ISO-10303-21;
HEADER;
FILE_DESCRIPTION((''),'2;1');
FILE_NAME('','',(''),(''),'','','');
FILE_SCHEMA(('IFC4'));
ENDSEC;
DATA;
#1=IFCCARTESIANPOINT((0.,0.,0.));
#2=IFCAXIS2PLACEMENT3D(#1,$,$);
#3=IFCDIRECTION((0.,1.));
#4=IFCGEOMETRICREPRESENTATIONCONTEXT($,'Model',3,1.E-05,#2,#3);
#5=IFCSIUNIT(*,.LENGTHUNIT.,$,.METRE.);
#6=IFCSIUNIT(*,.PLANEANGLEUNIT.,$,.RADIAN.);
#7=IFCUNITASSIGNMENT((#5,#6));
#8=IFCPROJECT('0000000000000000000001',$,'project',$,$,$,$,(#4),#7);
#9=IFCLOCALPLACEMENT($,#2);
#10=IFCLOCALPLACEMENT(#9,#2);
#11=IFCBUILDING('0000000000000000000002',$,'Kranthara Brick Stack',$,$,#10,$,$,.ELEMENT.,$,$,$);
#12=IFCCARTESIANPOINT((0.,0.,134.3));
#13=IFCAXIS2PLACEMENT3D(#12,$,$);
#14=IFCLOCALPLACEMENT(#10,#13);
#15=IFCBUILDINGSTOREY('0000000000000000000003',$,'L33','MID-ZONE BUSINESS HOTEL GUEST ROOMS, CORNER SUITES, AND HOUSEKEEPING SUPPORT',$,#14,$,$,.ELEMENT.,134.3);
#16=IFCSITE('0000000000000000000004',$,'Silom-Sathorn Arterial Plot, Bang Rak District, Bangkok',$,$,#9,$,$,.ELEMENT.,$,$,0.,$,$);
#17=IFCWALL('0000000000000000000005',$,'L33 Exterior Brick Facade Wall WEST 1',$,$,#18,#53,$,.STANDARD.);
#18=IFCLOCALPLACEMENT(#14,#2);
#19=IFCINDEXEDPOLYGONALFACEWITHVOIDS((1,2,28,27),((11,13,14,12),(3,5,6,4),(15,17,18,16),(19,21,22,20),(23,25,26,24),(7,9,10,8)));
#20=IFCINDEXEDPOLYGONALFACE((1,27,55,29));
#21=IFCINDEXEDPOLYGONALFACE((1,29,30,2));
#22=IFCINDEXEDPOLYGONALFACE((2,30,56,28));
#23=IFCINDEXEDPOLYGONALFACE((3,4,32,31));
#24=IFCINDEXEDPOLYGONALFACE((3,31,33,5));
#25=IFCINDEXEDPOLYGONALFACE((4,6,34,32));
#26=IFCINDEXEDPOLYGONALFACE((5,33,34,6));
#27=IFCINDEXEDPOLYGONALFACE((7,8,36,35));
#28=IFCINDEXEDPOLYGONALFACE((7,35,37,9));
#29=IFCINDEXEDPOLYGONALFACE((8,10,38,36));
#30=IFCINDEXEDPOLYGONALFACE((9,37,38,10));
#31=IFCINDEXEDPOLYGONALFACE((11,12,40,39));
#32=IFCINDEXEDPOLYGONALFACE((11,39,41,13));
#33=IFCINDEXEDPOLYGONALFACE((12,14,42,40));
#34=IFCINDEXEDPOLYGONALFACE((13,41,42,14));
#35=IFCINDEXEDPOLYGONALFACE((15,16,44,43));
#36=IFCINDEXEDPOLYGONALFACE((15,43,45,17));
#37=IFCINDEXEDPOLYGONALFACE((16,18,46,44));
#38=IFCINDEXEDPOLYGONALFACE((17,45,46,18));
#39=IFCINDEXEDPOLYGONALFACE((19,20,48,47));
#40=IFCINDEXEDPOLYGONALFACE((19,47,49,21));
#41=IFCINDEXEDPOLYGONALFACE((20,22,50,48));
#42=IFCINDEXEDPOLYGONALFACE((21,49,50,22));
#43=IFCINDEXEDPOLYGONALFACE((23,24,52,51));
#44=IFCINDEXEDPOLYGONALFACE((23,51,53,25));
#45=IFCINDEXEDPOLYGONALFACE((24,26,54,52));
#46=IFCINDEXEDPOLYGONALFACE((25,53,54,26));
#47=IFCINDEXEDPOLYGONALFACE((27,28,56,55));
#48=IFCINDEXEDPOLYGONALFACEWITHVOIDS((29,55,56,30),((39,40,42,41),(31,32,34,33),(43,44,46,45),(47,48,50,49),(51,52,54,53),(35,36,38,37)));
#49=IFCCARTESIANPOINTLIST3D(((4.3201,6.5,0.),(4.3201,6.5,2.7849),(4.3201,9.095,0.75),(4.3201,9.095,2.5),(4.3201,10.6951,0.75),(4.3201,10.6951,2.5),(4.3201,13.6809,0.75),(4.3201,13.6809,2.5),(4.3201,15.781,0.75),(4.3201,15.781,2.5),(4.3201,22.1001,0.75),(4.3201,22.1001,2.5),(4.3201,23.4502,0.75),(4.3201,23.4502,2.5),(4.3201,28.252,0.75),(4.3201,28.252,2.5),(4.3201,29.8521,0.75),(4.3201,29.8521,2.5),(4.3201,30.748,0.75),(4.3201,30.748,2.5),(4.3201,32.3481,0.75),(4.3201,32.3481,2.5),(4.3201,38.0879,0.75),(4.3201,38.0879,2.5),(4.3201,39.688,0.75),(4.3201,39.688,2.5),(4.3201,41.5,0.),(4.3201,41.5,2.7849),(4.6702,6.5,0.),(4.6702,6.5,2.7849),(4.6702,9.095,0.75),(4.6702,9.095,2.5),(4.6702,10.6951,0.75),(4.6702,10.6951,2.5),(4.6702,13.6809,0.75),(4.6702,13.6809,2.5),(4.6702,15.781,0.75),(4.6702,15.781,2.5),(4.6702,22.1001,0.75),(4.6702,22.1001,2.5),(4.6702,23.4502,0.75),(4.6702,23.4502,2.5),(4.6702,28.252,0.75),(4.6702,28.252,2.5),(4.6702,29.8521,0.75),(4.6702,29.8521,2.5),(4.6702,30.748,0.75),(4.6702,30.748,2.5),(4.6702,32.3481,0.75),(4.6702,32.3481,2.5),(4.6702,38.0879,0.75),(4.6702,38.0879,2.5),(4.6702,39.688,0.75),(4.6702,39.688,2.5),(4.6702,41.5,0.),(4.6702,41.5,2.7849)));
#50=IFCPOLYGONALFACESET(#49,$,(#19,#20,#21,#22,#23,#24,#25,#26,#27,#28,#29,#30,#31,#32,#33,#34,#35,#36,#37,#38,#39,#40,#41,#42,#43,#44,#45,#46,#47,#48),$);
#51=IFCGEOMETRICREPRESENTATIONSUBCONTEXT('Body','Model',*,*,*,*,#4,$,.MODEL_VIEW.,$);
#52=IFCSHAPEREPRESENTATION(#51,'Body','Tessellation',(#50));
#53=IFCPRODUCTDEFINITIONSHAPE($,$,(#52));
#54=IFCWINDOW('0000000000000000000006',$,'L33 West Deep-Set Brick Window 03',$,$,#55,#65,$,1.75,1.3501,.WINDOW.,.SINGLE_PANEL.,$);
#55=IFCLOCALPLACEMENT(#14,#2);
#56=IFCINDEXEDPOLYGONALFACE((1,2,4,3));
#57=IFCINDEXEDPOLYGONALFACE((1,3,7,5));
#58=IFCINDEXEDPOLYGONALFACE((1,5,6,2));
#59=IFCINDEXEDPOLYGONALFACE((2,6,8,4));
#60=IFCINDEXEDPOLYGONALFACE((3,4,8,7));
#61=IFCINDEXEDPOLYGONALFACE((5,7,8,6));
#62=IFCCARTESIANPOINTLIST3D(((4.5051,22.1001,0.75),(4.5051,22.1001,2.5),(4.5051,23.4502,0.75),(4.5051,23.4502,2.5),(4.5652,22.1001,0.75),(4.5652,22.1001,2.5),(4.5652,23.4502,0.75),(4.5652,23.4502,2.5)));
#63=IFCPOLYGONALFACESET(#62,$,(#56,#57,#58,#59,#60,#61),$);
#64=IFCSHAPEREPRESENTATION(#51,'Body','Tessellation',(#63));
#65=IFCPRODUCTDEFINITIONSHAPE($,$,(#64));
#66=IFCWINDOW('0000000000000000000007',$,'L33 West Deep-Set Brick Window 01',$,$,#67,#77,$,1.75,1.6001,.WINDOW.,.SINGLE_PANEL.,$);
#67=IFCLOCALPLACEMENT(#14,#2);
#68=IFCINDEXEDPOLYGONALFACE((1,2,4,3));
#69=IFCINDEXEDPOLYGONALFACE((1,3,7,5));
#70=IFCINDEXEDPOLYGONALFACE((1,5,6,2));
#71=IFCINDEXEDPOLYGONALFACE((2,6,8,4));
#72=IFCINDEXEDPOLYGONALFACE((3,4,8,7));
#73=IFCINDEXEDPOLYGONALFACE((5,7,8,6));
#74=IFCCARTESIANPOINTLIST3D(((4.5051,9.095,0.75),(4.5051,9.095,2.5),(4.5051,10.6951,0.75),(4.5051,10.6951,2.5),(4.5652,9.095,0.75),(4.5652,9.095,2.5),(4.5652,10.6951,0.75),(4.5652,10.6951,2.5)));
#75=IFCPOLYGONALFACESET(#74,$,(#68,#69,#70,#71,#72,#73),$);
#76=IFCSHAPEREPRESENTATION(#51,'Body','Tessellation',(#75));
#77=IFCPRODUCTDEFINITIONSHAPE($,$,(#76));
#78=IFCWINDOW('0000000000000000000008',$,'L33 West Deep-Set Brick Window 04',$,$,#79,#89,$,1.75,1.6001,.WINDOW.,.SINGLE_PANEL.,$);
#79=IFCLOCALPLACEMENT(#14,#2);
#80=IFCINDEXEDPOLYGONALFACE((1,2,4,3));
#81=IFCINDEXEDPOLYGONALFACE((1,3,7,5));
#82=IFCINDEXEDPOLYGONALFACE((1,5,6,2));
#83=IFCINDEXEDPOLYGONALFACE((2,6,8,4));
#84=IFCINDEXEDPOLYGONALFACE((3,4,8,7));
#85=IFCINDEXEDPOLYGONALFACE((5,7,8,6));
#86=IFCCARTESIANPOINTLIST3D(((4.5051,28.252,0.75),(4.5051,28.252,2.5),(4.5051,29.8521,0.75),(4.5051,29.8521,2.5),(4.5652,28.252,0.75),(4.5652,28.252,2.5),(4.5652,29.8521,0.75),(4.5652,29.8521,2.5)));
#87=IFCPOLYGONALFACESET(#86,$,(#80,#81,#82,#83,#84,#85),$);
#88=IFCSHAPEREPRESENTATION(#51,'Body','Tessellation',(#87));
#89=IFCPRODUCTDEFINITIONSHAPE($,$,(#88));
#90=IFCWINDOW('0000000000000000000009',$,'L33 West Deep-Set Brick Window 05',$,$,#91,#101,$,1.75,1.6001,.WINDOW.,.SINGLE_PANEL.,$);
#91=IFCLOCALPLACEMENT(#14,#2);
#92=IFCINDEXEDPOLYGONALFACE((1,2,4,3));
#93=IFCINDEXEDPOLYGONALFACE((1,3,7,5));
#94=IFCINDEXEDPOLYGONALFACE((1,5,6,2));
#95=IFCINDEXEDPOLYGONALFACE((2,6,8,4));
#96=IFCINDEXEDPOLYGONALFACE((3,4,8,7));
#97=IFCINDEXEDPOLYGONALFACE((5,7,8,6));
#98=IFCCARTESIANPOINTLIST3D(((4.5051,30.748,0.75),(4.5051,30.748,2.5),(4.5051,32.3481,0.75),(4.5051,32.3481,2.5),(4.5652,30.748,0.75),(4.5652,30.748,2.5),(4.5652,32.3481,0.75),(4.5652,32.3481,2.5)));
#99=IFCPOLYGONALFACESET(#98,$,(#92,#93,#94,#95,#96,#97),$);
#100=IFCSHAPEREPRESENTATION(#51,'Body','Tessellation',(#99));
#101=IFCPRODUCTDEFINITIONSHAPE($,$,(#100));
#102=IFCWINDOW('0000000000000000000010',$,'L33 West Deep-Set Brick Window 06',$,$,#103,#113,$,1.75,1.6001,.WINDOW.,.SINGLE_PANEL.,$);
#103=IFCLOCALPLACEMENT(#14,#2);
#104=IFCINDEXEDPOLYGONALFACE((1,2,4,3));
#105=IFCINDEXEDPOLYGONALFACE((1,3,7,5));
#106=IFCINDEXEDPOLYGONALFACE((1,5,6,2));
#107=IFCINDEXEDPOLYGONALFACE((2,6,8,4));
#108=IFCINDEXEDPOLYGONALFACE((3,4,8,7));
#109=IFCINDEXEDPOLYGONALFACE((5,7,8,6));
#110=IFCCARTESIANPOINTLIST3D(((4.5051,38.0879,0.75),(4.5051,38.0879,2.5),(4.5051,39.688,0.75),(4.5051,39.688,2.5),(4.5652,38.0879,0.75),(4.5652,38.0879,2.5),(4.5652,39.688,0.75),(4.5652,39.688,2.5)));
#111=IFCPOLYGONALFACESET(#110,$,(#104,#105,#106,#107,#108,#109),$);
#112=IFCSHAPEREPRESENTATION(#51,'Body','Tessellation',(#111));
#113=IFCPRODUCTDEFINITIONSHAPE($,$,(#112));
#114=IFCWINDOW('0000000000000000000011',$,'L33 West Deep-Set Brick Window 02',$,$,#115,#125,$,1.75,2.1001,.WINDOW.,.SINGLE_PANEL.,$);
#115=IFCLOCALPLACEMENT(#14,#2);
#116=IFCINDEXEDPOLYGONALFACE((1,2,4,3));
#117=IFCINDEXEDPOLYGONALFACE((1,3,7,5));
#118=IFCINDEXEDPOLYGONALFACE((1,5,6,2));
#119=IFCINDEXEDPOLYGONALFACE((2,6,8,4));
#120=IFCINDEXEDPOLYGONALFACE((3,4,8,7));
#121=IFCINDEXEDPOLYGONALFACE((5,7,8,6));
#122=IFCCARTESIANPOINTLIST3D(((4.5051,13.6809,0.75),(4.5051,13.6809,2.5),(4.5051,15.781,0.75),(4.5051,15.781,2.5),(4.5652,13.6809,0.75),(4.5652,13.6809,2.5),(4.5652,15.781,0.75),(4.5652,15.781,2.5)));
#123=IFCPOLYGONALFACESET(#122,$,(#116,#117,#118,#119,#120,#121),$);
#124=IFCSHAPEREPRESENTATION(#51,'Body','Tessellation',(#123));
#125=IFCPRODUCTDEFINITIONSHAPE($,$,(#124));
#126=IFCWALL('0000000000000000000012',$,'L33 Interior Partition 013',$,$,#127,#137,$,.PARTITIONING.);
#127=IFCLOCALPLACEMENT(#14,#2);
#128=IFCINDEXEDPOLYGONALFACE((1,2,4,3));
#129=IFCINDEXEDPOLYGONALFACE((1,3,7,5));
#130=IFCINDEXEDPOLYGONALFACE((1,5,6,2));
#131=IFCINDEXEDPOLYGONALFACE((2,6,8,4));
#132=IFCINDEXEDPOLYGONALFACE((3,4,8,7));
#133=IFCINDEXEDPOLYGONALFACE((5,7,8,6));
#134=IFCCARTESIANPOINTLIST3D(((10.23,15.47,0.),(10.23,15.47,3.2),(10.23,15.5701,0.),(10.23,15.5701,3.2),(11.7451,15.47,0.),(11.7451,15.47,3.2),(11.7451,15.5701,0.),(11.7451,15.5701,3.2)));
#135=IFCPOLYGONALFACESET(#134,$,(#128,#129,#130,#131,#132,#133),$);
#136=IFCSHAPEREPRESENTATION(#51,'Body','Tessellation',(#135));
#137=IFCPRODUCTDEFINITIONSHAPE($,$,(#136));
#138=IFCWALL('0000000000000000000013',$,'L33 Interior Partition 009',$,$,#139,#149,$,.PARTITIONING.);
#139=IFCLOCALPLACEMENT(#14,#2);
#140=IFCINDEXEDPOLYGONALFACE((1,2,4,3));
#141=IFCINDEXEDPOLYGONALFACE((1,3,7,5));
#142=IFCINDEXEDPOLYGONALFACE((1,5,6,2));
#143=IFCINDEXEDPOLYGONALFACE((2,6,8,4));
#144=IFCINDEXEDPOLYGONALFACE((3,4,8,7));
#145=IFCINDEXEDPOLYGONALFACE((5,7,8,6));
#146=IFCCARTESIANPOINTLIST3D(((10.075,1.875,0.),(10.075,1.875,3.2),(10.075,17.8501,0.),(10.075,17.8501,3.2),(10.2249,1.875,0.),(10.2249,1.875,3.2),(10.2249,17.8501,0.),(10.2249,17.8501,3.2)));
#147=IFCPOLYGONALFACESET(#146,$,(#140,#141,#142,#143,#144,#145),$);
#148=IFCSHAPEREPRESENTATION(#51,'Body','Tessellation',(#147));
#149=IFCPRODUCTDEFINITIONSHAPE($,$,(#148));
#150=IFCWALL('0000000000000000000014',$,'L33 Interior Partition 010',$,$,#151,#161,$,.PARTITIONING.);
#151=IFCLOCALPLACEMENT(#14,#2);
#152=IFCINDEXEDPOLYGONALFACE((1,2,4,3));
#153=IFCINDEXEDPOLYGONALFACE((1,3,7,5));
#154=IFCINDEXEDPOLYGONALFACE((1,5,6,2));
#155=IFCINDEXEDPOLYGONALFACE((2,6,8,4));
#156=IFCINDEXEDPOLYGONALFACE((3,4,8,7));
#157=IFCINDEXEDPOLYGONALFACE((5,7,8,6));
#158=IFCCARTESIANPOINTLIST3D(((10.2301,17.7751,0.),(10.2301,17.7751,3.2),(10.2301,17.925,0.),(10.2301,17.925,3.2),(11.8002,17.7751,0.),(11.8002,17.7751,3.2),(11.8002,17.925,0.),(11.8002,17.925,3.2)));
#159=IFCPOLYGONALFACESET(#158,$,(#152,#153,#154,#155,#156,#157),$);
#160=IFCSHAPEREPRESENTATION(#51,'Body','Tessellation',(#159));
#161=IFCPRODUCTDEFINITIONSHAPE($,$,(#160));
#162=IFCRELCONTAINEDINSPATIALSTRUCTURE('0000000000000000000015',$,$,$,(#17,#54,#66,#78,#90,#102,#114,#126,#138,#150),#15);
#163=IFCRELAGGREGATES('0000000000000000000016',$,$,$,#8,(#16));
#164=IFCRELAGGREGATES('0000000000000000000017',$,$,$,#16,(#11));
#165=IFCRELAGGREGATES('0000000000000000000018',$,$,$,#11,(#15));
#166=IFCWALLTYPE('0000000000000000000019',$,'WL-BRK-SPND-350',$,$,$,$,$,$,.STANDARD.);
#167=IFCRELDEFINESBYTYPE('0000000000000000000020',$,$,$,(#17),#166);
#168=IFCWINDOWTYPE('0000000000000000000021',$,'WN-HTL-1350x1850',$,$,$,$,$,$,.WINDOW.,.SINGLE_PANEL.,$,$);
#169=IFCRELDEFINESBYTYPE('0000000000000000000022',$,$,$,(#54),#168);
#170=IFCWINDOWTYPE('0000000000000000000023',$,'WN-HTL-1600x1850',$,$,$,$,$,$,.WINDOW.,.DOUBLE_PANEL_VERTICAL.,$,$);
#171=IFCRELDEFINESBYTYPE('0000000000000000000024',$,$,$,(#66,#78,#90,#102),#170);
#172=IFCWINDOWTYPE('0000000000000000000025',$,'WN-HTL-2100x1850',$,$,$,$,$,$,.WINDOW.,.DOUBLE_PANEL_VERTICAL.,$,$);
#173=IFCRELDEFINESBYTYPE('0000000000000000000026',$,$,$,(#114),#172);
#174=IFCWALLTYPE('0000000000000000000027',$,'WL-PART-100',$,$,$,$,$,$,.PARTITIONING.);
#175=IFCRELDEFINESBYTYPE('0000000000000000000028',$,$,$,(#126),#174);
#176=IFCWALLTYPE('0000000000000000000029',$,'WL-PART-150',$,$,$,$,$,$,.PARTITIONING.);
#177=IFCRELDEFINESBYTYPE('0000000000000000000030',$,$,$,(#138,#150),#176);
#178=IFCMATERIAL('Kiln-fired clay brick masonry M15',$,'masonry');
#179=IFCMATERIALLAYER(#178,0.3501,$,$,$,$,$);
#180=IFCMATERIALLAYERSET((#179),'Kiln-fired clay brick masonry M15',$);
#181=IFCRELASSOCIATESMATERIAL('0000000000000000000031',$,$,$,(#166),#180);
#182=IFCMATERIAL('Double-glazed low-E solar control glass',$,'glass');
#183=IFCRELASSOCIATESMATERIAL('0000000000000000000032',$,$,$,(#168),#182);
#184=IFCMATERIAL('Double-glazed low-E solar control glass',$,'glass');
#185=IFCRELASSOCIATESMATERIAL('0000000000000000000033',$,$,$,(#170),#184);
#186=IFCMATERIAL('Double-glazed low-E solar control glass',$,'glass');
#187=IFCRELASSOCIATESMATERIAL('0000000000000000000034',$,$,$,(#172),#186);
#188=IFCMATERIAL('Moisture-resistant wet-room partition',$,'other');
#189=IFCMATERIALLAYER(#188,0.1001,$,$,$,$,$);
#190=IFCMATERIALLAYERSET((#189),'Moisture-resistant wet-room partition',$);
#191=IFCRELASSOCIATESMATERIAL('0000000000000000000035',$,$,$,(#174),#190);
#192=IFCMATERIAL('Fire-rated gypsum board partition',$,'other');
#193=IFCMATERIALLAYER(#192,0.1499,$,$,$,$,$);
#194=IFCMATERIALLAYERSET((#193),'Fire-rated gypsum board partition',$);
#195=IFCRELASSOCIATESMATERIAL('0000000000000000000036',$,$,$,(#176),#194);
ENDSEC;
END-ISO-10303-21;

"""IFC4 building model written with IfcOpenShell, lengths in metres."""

from ifc_helpers import new_model, si_unit, direction, frame, frame_2d, origin, place, context, subcontext, project, spatial, rectangle, extrude, material, layer, layer_set, type_object, element, fill, save


model = new_model("IFC4")

# Units and contexts
model_context = context("Model", 3, precision=1e-05, world=origin(), true_north=direction((0.0, 1.0)))
body_context = subcontext(model_context, "Body", "Model", "MODEL_VIEW")
ifc_project = project(units=[si_unit("LENGTHUNIT", "METRE"), si_unit("PLANEANGLEUNIT", "RADIAN")], contexts=[model_context])

# Site, building, storey
site_placement = place(None, origin())
site = spatial("IfcSite", under=ifc_project, at=site_placement, Name="Silom-Sathorn Arterial Plot, Bang Rak District, Bangkok", CompositionType="ELEMENT", RefElevation=0.0)
building_placement = place(site_placement, origin())
building = spatial("IfcBuilding", under=site, at=building_placement, Name="Kranthara Brick Stack", CompositionType="ELEMENT")
storey_placement = place(building_placement, frame((0.0, 0.0, 134.3)))
storey = spatial("IfcBuildingStorey", under=building, at=storey_placement, Name="L33", Description="MID-ZONE BUSINESS HOTEL GUEST ROOMS, CORNER SUITES, AND HOUSEKEEPING SUPPORT", CompositionType="ELEMENT", Elevation=134.3)

# Shared definitions
ifc_material_1 = material(Name="Kiln-fired clay brick masonry M15", Category="masonry")
ifc_layer_1 = layer(ifc_material_1, 0.3501)
ifc_layer_set_1 = layer_set([ifc_layer_1], Name="Kiln-fired clay brick masonry M15")
wall_type_1 = type_object("IfcWallType", Name="WL-BRK-SPND-350", PredefinedType="STANDARD", material=ifc_layer_set_1)

# Wall, openings, windows
wall_1_placement = place(storey_placement, frame((4.4951, 6.5, 0.0), z_axis=(0.0, 0.0, 1.0), x_axis=(0.0, 1.0, 0.0)))
wall_1 = element("IfcWall", 1, at=wall_1_placement, inside=storey, type_object=wall_type_1, Name="L33 Exterior Brick Facade Wall WEST 1", PredefinedType="STANDARD", context=body_context, shape_type="SweptSolid", body=[
    extrude(rectangle(XDim=35.0, YDim=0.3501, at=frame_2d((17.5, 0.0))), origin(), (0.0, 0.0, 1.0), 2.7849),
])
opening_1_placement = place(wall_1_placement, frame((2.595, 0.0, 0.75)))
opening_1 = element("IfcOpeningElement", 2, at=opening_1_placement, cuts=wall_1, PredefinedType="OPENING", context=body_context, shape_type="SweptSolid", body=[
    extrude(rectangle(XDim=1.6001, YDim=1.75, at=frame_2d((0.8, 0.875))), frame((0.0, 0.1851, 0.0), z_axis=(0.0, -1.0, 0.0), x_axis=(1.0, 0.0, 0.0)), (0.0, 0.0, 1.0), 0.3701),
])
opening_2_placement = place(wall_1_placement, frame((7.1809, 0.0, 0.75)))
opening_2 = element("IfcOpeningElement", 3, at=opening_2_placement, cuts=wall_1, PredefinedType="OPENING", context=body_context, shape_type="SweptSolid", body=[
    extrude(rectangle(XDim=2.1001, YDim=1.75, at=frame_2d((1.05, 0.875))), frame((0.0, 0.1851, 0.0), z_axis=(0.0, -1.0, 0.0), x_axis=(1.0, 0.0, 0.0)), (0.0, 0.0, 1.0), 0.3701),
])
opening_3_placement = place(wall_1_placement, frame((15.6001, 0.0, 0.75)))
opening_3 = element("IfcOpeningElement", 4, at=opening_3_placement, cuts=wall_1, PredefinedType="OPENING", context=body_context, shape_type="SweptSolid", body=[
    extrude(rectangle(XDim=1.3501, YDim=1.75, at=frame_2d((0.675, 0.875))), frame((0.0, 0.1851, 0.0), z_axis=(0.0, -1.0, 0.0), x_axis=(1.0, 0.0, 0.0)), (0.0, 0.0, 1.0), 0.3701),
])
opening_4_placement = place(wall_1_placement, frame((21.752, 0.0, 0.75)))
opening_4 = element("IfcOpeningElement", 5, at=opening_4_placement, cuts=wall_1, PredefinedType="OPENING", context=body_context, shape_type="SweptSolid", body=[
    extrude(rectangle(XDim=1.6001, YDim=1.75, at=frame_2d((0.8, 0.875))), frame((0.0, 0.1851, 0.0), z_axis=(0.0, -1.0, 0.0), x_axis=(1.0, 0.0, 0.0)), (0.0, 0.0, 1.0), 0.3701),
])
opening_5_placement = place(wall_1_placement, frame((24.248, 0.0, 0.75)))
opening_5 = element("IfcOpeningElement", 6, at=opening_5_placement, cuts=wall_1, PredefinedType="OPENING", context=body_context, shape_type="SweptSolid", body=[
    extrude(rectangle(XDim=1.6001, YDim=1.75, at=frame_2d((0.8, 0.875))), frame((0.0, 0.1851, 0.0), z_axis=(0.0, -1.0, 0.0), x_axis=(1.0, 0.0, 0.0)), (0.0, 0.0, 1.0), 0.3701),
])
opening_6_placement = place(wall_1_placement, frame((31.5879, 0.0, 0.75)))
opening_6 = element("IfcOpeningElement", 7, at=opening_6_placement, cuts=wall_1, PredefinedType="OPENING", context=body_context, shape_type="SweptSolid", body=[
    extrude(rectangle(XDim=1.6001, YDim=1.75, at=frame_2d((0.8, 0.875))), frame((0.0, 0.1851, 0.0), z_axis=(0.0, -1.0, 0.0), x_axis=(1.0, 0.0, 0.0)), (0.0, 0.0, 1.0), 0.3701),
])
ifc_material_2 = material(Name="Double-glazed low-E solar control glass", Category="glass")
window_type_1 = type_object("IfcWindowType", Name="WN-HTL-1350x1850", PartitioningType="SINGLE_PANEL", PredefinedType="WINDOW", material=ifc_material_2)
window_1_placement = place(opening_3_placement, origin())
window_1 = element("IfcWindow", 8, at=window_1_placement, inside=storey, type_object=window_type_1, Name="L33 West Deep-Set Brick Window 03", OverallHeight=1.75, OverallWidth=1.3501, PartitioningType="SINGLE_PANEL", PredefinedType="WINDOW", context=body_context, shape_type="SweptSolid", body=[
    extrude(rectangle(XDim=1.3501, YDim=1.75, at=frame_2d((0.675, 0.875))), frame((0.0, -0.01, 0.0), z_axis=(0.0, -1.0, 0.0), x_axis=(1.0, 0.0, 0.0)), (0.0, 0.0, 1.0), 0.0601),
])
fill(opening_3, window_1)
ifc_material_3 = material(Name="Double-glazed low-E solar control glass", Category="glass")
window_type_2 = type_object("IfcWindowType", Name="WN-HTL-1600x1850", PartitioningType="DOUBLE_PANEL_VERTICAL", PredefinedType="WINDOW", material=ifc_material_3)
window_2_placement = place(opening_1_placement, origin())
window_2 = element("IfcWindow", 9, at=window_2_placement, inside=storey, type_object=window_type_2, Name="L33 West Deep-Set Brick Window 01", OverallHeight=1.75, OverallWidth=1.6001, PartitioningType="SINGLE_PANEL", PredefinedType="WINDOW", context=body_context, shape_type="SweptSolid", body=[
    extrude(rectangle(XDim=1.6001, YDim=1.75, at=frame_2d((0.8, 0.875))), frame((0.0, -0.01, 0.0), z_axis=(0.0, -1.0, 0.0), x_axis=(1.0, 0.0, 0.0)), (0.0, 0.0, 1.0), 0.0601),
])
fill(opening_1, window_2)
window_3_placement = place(opening_4_placement, origin())
window_3 = element("IfcWindow", 10, at=window_3_placement, inside=storey, type_object=window_type_2, Name="L33 West Deep-Set Brick Window 04", OverallHeight=1.75, OverallWidth=1.6001, PartitioningType="SINGLE_PANEL", PredefinedType="WINDOW", context=body_context, shape_type="SweptSolid", body=[
    extrude(rectangle(XDim=1.6001, YDim=1.75, at=frame_2d((0.8, 0.875))), frame((0.0, -0.01, 0.0), z_axis=(0.0, -1.0, 0.0), x_axis=(1.0, 0.0, 0.0)), (0.0, 0.0, 1.0), 0.0601),
])
fill(opening_4, window_3)
window_4_placement = place(opening_5_placement, origin())
window_4 = element("IfcWindow", 11, at=window_4_placement, inside=storey, type_object=window_type_2, Name="L33 West Deep-Set Brick Window 05", OverallHeight=1.75, OverallWidth=1.6001, PartitioningType="SINGLE_PANEL", PredefinedType="WINDOW", context=body_context, shape_type="SweptSolid", body=[
    extrude(rectangle(XDim=1.6001, YDim=1.75, at=frame_2d((0.8, 0.875))), frame((0.0, -0.01, 0.0), z_axis=(0.0, -1.0, 0.0), x_axis=(1.0, 0.0, 0.0)), (0.0, 0.0, 1.0), 0.0601),
])
fill(opening_5, window_4)
window_5_placement = place(opening_6_placement, origin())
window_5 = element("IfcWindow", 12, at=window_5_placement, inside=storey, type_object=window_type_2, Name="L33 West Deep-Set Brick Window 06", OverallHeight=1.75, OverallWidth=1.6001, PartitioningType="SINGLE_PANEL", PredefinedType="WINDOW", context=body_context, shape_type="SweptSolid", body=[
    extrude(rectangle(XDim=1.6001, YDim=1.75, at=frame_2d((0.8, 0.875))), frame((0.0, -0.01, 0.0), z_axis=(0.0, -1.0, 0.0), x_axis=(1.0, 0.0, 0.0)), (0.0, 0.0, 1.0), 0.0601),
])
fill(opening_6, window_5)
ifc_material_4 = material(Name="Double-glazed low-E solar control glass", Category="glass")
window_type_3 = type_object("IfcWindowType", Name="WN-HTL-2100x1850", PartitioningType="DOUBLE_PANEL_VERTICAL", PredefinedType="WINDOW", material=ifc_material_4)
window_6_placement = place(opening_2_placement, origin())
window_6 = element("IfcWindow", 13, at=window_6_placement, inside=storey, type_object=window_type_3, Name="L33 West Deep-Set Brick Window 02", OverallHeight=1.75, OverallWidth=2.1001, PartitioningType="SINGLE_PANEL", PredefinedType="WINDOW", context=body_context, shape_type="SweptSolid", body=[
    extrude(rectangle(XDim=2.1001, YDim=1.75, at=frame_2d((1.05, 0.875))), frame((0.0, -0.01, 0.0), z_axis=(0.0, -1.0, 0.0), x_axis=(1.0, 0.0, 0.0)), (0.0, 0.0, 1.0), 0.0601),
])
fill(opening_2, window_6)

# Walls
ifc_material_5 = material(Name="Moisture-resistant wet-room partition", Category="other")
ifc_layer_2 = layer(ifc_material_5, 0.1001)
ifc_layer_set_2 = layer_set([ifc_layer_2], Name="Moisture-resistant wet-room partition")
wall_type_2 = type_object("IfcWallType", Name="WL-PART-100", PredefinedType="PARTITIONING", material=ifc_layer_set_2)
wall_2_placement = place(storey_placement, frame((10.23, 15.52, 0.0), z_axis=(0.0, 0.0, 1.0), x_axis=(1.0, 0.0, 0.0)))
element("IfcWall", 14, at=wall_2_placement, inside=storey, type_object=wall_type_2, Name="L33 Interior Partition 013", PredefinedType="PARTITIONING", context=body_context, shape_type="SweptSolid", body=[
    extrude(rectangle(XDim=1.5151, YDim=0.1001, at=frame_2d((0.7576, 0.0))), origin(), (0.0, 0.0, 1.0), 3.2),
])
ifc_material_6 = material(Name="Fire-rated gypsum board partition", Category="other")
ifc_layer_3 = layer(ifc_material_6, 0.1499)
ifc_layer_set_3 = layer_set([ifc_layer_3], Name="Fire-rated gypsum board partition")
wall_type_3 = type_object("IfcWallType", Name="WL-PART-150", PredefinedType="PARTITIONING", material=ifc_layer_set_3)
wall_3_placement = place(storey_placement, frame((10.1499, 1.875, 0.0), z_axis=(0.0, 0.0, 1.0), x_axis=(0.0, 1.0, 0.0)))
element("IfcWall", 15, at=wall_3_placement, inside=storey, type_object=wall_type_3, Name="L33 Interior Partition 009", PredefinedType="PARTITIONING", context=body_context, shape_type="SweptSolid", body=[
    extrude(rectangle(XDim=15.9751, YDim=0.1499, at=frame_2d((7.9875, 0.0))), origin(), (0.0, 0.0, 1.0), 3.2),
])
wall_4_placement = place(storey_placement, frame((10.23, 17.8501, 0.0), z_axis=(0.0, 0.0, 1.0), x_axis=(1.0, 0.0, 0.0)))
element("IfcWall", 16, at=wall_4_placement, inside=storey, type_object=wall_type_3, Name="L33 Interior Partition 010", PredefinedType="PARTITIONING", context=body_context, shape_type="SweptSolid", body=[
    extrude(rectangle(XDim=1.5701, YDim=0.1499, at=frame_2d((0.7852, 0.0))), origin(), (0.0, 0.0, 1.0), 3.2),
])

save(model, "model.ifc")
